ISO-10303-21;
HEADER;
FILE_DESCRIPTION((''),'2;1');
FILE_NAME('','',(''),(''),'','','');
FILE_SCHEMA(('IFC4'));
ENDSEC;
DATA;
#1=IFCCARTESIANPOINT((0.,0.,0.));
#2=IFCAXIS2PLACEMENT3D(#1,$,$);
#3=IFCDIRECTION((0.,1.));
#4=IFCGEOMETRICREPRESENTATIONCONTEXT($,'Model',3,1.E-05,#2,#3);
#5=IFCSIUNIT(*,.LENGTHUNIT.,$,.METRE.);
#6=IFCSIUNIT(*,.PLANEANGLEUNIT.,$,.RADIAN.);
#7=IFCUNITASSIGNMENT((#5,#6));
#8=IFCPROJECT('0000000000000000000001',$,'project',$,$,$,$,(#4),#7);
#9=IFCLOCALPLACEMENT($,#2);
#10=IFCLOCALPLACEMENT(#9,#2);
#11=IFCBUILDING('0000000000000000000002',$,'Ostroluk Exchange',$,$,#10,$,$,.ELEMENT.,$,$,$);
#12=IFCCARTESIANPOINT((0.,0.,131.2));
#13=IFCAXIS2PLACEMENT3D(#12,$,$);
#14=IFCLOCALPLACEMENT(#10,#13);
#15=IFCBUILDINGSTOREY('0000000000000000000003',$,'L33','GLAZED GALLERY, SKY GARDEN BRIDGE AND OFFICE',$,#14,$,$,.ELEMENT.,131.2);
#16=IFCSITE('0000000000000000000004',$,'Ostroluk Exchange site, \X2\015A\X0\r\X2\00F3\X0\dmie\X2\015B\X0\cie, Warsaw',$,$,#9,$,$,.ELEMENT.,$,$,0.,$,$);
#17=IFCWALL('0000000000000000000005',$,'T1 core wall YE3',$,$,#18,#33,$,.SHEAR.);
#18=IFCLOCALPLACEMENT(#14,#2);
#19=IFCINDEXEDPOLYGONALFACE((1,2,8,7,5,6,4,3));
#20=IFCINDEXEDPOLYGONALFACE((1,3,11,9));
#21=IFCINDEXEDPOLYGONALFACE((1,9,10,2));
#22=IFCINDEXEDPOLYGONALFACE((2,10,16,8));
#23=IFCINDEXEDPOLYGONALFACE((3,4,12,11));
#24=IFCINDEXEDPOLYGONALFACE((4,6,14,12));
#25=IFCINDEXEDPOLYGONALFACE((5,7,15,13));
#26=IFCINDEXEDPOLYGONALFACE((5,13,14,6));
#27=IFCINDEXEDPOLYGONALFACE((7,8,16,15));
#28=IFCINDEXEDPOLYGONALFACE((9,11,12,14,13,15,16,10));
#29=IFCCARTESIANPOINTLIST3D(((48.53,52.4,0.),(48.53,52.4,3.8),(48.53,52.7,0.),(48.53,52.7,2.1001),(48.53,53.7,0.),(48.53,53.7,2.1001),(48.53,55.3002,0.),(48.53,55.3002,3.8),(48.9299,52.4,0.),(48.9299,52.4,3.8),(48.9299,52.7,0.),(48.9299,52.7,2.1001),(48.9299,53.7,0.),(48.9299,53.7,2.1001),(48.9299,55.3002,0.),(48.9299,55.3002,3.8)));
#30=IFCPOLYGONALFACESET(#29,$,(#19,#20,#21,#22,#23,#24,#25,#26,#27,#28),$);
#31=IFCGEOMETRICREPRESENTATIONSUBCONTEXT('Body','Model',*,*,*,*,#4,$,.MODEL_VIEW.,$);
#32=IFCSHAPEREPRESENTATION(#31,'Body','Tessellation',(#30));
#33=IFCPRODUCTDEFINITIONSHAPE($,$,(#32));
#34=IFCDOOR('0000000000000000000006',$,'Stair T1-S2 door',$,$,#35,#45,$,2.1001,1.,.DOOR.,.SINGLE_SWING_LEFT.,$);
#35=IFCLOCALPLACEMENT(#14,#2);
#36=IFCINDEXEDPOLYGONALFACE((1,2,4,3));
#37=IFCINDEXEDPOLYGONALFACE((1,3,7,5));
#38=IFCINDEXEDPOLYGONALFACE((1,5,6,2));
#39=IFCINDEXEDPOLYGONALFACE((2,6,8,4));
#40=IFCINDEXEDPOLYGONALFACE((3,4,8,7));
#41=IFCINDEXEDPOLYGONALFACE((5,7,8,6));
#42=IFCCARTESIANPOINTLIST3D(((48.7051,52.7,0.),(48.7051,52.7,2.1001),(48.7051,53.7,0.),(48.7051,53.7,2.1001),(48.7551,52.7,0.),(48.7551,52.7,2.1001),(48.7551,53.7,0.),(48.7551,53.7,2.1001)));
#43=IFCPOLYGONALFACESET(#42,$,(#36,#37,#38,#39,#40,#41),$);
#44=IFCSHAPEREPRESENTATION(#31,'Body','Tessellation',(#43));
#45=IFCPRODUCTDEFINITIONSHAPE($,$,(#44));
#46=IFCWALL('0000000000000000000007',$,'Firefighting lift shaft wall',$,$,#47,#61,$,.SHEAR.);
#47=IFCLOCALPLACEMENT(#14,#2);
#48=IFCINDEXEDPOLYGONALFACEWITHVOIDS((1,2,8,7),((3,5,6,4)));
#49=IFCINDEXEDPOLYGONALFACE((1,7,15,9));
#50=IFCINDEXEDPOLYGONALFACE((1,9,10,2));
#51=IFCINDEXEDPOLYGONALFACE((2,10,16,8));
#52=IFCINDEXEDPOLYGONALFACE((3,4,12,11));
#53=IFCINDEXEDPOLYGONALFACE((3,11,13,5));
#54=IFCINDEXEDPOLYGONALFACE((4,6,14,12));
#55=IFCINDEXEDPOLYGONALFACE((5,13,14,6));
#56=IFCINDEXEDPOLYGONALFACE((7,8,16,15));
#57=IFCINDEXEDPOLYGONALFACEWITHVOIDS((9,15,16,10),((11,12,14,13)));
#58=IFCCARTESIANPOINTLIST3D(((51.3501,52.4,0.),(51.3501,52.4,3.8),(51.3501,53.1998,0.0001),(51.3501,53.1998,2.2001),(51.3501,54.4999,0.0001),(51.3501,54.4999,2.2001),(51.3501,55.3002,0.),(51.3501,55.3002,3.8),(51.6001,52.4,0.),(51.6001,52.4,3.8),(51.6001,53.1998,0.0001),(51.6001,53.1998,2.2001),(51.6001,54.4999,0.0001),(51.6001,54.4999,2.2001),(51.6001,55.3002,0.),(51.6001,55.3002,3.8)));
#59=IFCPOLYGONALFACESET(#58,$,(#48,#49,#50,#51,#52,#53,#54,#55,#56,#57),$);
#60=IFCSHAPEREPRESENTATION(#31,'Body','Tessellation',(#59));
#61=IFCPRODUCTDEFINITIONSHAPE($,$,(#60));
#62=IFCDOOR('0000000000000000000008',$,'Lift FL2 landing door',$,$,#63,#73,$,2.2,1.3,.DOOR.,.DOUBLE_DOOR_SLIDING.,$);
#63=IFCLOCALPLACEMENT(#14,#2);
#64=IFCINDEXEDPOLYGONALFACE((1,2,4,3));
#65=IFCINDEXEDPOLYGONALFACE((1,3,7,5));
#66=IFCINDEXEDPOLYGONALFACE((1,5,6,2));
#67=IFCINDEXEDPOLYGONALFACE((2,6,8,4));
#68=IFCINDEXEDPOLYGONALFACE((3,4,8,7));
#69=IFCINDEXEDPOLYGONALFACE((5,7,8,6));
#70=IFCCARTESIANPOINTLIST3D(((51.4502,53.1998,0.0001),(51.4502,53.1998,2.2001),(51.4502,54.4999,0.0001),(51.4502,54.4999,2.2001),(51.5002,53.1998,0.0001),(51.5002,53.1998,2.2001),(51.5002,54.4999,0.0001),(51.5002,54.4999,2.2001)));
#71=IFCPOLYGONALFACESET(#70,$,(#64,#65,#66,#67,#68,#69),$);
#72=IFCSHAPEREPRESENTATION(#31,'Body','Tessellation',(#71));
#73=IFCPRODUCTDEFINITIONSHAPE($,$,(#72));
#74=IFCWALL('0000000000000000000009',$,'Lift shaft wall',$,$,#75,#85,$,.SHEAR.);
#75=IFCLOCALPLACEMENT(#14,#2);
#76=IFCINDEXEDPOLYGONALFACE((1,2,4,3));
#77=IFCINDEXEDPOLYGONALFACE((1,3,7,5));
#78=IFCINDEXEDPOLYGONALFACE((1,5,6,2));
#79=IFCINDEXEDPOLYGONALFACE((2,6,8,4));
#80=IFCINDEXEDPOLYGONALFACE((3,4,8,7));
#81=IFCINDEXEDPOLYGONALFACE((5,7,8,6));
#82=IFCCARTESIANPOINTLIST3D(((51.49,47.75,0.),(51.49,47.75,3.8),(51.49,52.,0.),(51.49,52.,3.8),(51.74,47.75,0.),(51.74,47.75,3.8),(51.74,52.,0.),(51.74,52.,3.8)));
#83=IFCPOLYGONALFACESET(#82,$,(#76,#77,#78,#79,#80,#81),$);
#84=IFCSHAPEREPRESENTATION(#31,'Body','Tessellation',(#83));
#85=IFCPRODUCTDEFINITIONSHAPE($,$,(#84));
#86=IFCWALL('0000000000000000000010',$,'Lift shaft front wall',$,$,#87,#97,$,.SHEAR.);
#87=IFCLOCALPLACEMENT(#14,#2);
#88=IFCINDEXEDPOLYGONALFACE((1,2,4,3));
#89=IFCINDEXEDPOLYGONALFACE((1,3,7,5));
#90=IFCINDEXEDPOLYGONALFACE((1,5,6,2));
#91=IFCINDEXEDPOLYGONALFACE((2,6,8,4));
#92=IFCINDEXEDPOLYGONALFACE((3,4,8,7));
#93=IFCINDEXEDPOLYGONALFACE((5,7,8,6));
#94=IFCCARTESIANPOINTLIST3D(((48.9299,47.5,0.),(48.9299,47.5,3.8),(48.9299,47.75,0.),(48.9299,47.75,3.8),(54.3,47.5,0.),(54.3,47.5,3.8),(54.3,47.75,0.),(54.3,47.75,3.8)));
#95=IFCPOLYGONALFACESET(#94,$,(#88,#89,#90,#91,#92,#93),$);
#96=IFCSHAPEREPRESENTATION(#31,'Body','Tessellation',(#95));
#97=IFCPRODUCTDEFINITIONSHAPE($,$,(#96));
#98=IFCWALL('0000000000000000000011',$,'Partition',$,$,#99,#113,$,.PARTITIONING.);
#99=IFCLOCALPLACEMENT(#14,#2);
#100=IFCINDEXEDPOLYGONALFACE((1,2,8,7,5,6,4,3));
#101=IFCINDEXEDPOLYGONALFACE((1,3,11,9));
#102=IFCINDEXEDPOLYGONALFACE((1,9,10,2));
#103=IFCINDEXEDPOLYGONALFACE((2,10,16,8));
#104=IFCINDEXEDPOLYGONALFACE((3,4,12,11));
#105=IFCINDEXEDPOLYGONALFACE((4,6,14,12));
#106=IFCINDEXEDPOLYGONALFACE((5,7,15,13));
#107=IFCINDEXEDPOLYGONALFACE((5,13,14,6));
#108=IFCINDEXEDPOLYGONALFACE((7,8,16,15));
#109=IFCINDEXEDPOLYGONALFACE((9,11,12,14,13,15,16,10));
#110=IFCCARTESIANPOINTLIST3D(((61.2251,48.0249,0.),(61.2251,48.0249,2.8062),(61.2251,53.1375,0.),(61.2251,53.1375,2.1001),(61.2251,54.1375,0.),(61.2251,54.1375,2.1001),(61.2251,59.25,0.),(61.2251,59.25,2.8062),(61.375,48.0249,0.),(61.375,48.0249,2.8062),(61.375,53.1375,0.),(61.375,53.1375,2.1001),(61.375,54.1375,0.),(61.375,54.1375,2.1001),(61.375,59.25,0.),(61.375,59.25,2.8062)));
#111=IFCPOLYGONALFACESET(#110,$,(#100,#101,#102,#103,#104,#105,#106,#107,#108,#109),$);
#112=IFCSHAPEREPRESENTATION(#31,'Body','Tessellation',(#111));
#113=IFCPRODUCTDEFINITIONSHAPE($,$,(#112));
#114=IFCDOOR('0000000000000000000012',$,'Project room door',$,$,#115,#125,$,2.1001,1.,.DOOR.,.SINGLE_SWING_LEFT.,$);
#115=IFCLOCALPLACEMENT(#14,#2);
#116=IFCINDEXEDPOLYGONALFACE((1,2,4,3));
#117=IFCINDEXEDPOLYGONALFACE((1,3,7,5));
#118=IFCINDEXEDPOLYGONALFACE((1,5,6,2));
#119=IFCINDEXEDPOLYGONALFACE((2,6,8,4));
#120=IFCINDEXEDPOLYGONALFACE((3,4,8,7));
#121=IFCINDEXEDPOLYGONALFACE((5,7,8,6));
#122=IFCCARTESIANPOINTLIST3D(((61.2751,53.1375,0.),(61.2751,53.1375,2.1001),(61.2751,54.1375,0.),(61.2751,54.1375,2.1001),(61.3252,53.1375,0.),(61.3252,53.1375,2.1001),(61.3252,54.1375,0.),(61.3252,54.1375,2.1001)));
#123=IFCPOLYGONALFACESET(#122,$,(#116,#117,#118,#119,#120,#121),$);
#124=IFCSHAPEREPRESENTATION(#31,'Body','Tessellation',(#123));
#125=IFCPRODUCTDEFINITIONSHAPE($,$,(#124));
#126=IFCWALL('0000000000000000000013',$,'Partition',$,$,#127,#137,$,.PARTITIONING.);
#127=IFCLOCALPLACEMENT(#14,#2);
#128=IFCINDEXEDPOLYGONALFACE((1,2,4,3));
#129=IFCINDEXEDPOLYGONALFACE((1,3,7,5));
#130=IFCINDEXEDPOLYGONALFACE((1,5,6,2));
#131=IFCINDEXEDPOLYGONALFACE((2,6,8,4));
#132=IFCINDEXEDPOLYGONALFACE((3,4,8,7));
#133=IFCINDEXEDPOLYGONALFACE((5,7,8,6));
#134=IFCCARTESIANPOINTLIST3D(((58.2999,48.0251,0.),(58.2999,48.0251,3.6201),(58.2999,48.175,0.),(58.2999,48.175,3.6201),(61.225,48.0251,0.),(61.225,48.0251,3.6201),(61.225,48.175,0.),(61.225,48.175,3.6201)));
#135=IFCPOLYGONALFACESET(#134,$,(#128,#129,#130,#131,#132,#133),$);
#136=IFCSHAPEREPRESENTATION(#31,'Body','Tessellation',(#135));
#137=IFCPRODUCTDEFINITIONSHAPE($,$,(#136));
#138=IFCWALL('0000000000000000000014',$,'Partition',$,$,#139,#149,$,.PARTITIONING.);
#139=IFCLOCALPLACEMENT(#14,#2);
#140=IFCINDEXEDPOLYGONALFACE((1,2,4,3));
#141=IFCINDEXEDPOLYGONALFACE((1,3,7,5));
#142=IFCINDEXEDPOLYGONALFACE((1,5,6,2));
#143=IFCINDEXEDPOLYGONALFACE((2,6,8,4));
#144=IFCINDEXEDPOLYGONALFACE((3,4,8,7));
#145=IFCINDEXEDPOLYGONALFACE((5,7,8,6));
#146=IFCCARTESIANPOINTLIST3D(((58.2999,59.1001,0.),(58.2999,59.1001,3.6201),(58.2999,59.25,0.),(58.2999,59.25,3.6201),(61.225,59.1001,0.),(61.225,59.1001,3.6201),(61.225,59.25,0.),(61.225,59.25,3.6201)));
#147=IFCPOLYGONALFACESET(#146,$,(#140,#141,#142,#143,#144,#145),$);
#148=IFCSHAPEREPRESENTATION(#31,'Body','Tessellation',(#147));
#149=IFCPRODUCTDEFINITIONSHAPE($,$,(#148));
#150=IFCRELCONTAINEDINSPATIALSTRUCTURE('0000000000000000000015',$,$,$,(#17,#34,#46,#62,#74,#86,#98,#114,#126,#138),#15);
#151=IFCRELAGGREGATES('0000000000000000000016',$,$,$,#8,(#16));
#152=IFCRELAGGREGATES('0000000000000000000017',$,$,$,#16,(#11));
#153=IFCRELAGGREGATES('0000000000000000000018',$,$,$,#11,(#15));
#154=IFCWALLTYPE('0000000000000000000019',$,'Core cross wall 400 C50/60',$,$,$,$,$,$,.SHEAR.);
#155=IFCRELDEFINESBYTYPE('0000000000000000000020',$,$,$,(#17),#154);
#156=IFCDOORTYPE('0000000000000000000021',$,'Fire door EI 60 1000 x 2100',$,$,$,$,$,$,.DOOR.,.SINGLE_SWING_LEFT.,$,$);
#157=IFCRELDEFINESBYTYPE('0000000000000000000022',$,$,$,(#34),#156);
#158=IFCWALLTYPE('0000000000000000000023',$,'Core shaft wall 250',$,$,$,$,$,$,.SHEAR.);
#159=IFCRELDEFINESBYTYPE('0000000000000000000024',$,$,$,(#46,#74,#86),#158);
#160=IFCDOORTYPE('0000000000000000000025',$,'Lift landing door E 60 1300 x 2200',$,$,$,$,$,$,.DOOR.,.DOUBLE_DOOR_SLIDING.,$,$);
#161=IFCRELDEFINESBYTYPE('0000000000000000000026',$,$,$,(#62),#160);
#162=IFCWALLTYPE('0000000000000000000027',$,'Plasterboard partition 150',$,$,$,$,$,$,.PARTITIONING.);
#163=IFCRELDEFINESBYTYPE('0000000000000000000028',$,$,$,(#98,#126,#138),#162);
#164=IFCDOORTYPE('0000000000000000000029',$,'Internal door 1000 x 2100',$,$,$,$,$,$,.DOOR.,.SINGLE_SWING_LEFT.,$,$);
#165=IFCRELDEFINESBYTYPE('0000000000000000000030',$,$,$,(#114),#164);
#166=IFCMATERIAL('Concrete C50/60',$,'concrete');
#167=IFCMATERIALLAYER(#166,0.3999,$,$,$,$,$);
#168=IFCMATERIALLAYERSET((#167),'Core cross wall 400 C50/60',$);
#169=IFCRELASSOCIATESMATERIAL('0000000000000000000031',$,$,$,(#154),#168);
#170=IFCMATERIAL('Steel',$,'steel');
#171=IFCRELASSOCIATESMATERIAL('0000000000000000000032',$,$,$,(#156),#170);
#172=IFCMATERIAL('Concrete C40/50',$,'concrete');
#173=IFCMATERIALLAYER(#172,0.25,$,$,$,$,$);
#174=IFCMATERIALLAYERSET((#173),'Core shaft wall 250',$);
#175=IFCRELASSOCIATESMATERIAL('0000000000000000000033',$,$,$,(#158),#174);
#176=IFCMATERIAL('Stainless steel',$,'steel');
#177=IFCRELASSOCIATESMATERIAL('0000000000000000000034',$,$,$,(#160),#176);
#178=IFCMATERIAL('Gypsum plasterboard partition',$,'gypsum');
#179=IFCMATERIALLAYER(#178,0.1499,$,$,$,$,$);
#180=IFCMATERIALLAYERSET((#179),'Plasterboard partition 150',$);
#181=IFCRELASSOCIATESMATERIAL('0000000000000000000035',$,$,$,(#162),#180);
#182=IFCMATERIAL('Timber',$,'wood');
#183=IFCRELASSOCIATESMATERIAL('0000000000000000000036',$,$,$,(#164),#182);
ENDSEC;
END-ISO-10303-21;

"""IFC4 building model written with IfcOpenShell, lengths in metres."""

from ifc_helpers import new_model, si_unit, direction, frame, frame_2d, origin, place, context, subcontext, project, spatial, rectangle, extrude, material, layer, layer_set, type_object, element, fill, save


model = new_model("IFC4")

# Units and contexts
model_context = context("Model", 3, precision=1e-05, world=origin(), true_north=direction((0.0, 1.0)))
body_context = subcontext(model_context, "Body", "Model", "MODEL_VIEW")
ifc_project = project(units=[si_unit("LENGTHUNIT", "METRE"), si_unit("PLANEANGLEUNIT", "RADIAN")], contexts=[model_context])

# Site, building, storey
site_placement = place(None, origin())
site = spatial("IfcSite", under=ifc_project, at=site_placement, Name="Ostroluk Exchange site, Śródmieście, Warsaw", CompositionType="ELEMENT", RefElevation=0.0)
building_placement = place(site_placement, origin())
building = spatial("IfcBuilding", under=site, at=building_placement, Name="Ostroluk Exchange", CompositionType="ELEMENT")
storey_placement = place(building_placement, frame((0.0, 0.0, 131.2)))
storey = spatial("IfcBuildingStorey", under=building, at=storey_placement, Name="L33", Description="GLAZED GALLERY, SKY GARDEN BRIDGE AND OFFICE", CompositionType="ELEMENT", Elevation=131.2)

# Walls, openings, doors
ifc_material_1 = material(Name="Concrete C50/60", Category="concrete")
ifc_layer_1 = layer(ifc_material_1, 0.3999)
ifc_layer_set_1 = layer_set([ifc_layer_1], Name="Core cross wall 400 C50/60")
wall_type_1 = type_object("IfcWallType", Name="Core cross wall 400 C50/60", PredefinedType="SHEAR", material=ifc_layer_set_1)
wall_1_placement = place(storey_placement, frame((48.73, 52.3999, 0.0), z_axis=(0.0, 0.0, 1.0), x_axis=(0.0, 1.0, 0.0)))
wall_1 = element("IfcWall", 1, at=wall_1_placement, inside=storey, type_object=wall_type_1, Name="T1 core wall YE3", PredefinedType="SHEAR", context=body_context, shape_type="SweptSolid", body=[
    extrude(rectangle(XDim=2.9001, YDim=0.3999, at=frame_2d((1.4502, 0.0))), origin(), (0.0, 0.0, 1.0), 3.8),
])
opening_1_placement = place(wall_1_placement, frame((0.3, 0.0, 0.0)))
opening_1 = element("IfcOpeningElement", 2, at=opening_1_placement, cuts=wall_1, PredefinedType="OPENING", context=body_context, shape_type="SweptSolid", body=[
    extrude(rectangle(XDim=1.0, YDim=2.1001, at=frame_2d((0.5, 1.05))), frame((0.0, 0.21, 0.0), z_axis=(0.0, -1.0, 0.0), x_axis=(1.0, 0.0, 0.0)), (0.0, 0.0, 1.0), 0.4199),
])
ifc_material_2 = material(Name="Steel", Category="steel")
door_type_1 = type_object("IfcDoorType", Name="Fire door EI 60 1000 x 2100", OperationType="SINGLE_SWING_LEFT", PredefinedType="DOOR", material=ifc_material_2)
door_1_placement = place(opening_1_placement, origin())
door_1 = element("IfcDoor", 3, at=door_1_placement, inside=storey, type_object=door_type_1, Name="Stair T1-S2 door", OperationType="SINGLE_SWING_LEFT", OverallHeight=2.1001, OverallWidth=1.0, PredefinedType="DOOR", context=body_context, shape_type="SweptSolid", body=[
    extrude(rectangle(XDim=1.0, YDim=2.1001, at=frame_2d((0.5, 1.05))), frame((0.0, 0.0249, 0.0), z_axis=(0.0, -1.0, 0.0), x_axis=(1.0, 0.0, 0.0)), (0.0, 0.0, 1.0), 0.05),
])
fill(opening_1, door_1)
ifc_material_3 = material(Name="Concrete C40/50", Category="concrete")
ifc_layer_2 = layer(ifc_material_3, 0.25)
ifc_layer_set_2 = layer_set([ifc_layer_2], Name="Core shaft wall 250")
wall_type_2 = type_object("IfcWallType", Name="Core shaft wall 250", PredefinedType="SHEAR", material=ifc_layer_set_2)
wall_2_placement = place(storey_placement, frame((51.4751, 52.3999, 0.0), z_axis=(0.0, 0.0, 1.0), x_axis=(0.0, 1.0, 0.0)))
wall_2 = element("IfcWall", 4, at=wall_2_placement, inside=storey, type_object=wall_type_2, Name="Firefighting lift shaft wall", PredefinedType="SHEAR", context=body_context, shape_type="SweptSolid", body=[
    extrude(rectangle(XDim=2.9001, YDim=0.25, at=frame_2d((1.4502, 0.0))), origin(), (0.0, 0.0, 1.0), 3.8),
])
opening_2_placement = place(wall_2_placement, frame((0.8, 0.0, 0.0)))
opening_2 = element("IfcOpeningElement", 5, at=opening_2_placement, cuts=wall_2, PredefinedType="OPENING", context=body_context, shape_type="SweptSolid", body=[
    extrude(rectangle(XDim=1.3, YDim=2.2, at=frame_2d((0.6499, 1.1001))), frame((0.0, 0.135, 0.0), z_axis=(0.0, -1.0, 0.0), x_axis=(1.0, 0.0, 0.0)), (0.0, 0.0, 1.0), 0.27),
])
ifc_material_4 = material(Name="Stainless steel", Category="steel")
door_type_2 = type_object("IfcDoorType", Name="Lift landing door E 60 1300 x 2200", OperationType="DOUBLE_DOOR_SLIDING", PredefinedType="DOOR", material=ifc_material_4)
door_2_placement = place(opening_2_placement, origin())
door_2 = element("IfcDoor", 6, at=door_2_placement, inside=storey, type_object=door_type_2, Name="Lift FL2 landing door", OperationType="DOUBLE_DOOR_SLIDING", OverallHeight=2.2, OverallWidth=1.3, PredefinedType="DOOR", context=body_context, shape_type="SweptSolid", body=[
    extrude(rectangle(XDim=1.3, YDim=2.2, at=frame_2d((0.6499, 1.1001))), frame((0.0, 0.0249, 0.0), z_axis=(0.0, -1.0, 0.0), x_axis=(1.0, 0.0, 0.0)), (0.0, 0.0, 1.0), 0.05),
])
fill(opening_2, door_2)

# Walls
wall_3_placement = place(storey_placement, frame((51.615, 47.75, 0.0), z_axis=(0.0, 0.0, 1.0), x_axis=(0.0, 1.0, 0.0)))
element("IfcWall", 7, at=wall_3_placement, inside=storey, type_object=wall_type_2, Name="Lift shaft wall", PredefinedType="SHEAR", context=body_context, shape_type="SweptSolid", body=[
    extrude(rectangle(XDim=4.25, YDim=0.25, at=frame_2d((2.125, 0.0))), origin(), (0.0, 0.0, 1.0), 3.8),
])
wall_4_placement = place(storey_placement, frame((48.9299, 47.625, 0.0), z_axis=(0.0, 0.0, 1.0), x_axis=(1.0, 0.0, 0.0)))
element("IfcWall", 8, at=wall_4_placement, inside=storey, type_object=wall_type_2, Name="Lift shaft front wall", PredefinedType="SHEAR", context=body_context, shape_type="SweptSolid", body=[
    extrude(rectangle(XDim=5.3701, YDim=0.25, at=frame_2d((2.6851, 0.0))), origin(), (0.0, 0.0, 1.0), 3.8),
])

# Wall, opening, door
ifc_material_5 = material(Name="Gypsum plasterboard partition", Category="gypsum")
ifc_layer_3 = layer(ifc_material_5, 0.1499)
ifc_layer_set_3 = layer_set([ifc_layer_3], Name="Plasterboard partition 150")
wall_type_3 = type_object("IfcWallType", Name="Plasterboard partition 150", PredefinedType="PARTITIONING", material=ifc_layer_set_3)
wall_5_placement = place(storey_placement, frame((61.3, 48.0249, 0.0), z_axis=(0.0, 0.0, 1.0), x_axis=(0.0, 1.0, 0.0)))
wall_5 = element("IfcWall", 9, at=wall_5_placement, inside=storey, type_object=wall_type_3, Name="Partition", PredefinedType="PARTITIONING", context=body_context, shape_type="SweptSolid", body=[
    extrude(rectangle(XDim=11.2251, YDim=0.1499, at=frame_2d((5.6125, 0.0))), origin(), (0.0, 0.0, 1.0), 2.8062),
])
opening_3_placement = place(wall_5_placement, frame((5.1125, 0.0, 0.0)))
opening_3 = element("IfcOpeningElement", 10, at=opening_3_placement, cuts=wall_5, PredefinedType="OPENING", context=body_context, shape_type="SweptSolid", body=[
    extrude(rectangle(XDim=1.0, YDim=2.1001, at=frame_2d((0.5, 1.05))), frame((0.0, 0.085, 0.0), z_axis=(0.0, -1.0, 0.0), x_axis=(1.0, 0.0, 0.0)), (0.0, 0.0, 1.0), 0.1699),
])
ifc_material_6 = material(Name="Timber", Category="wood")
door_type_3 = type_object("IfcDoorType", Name="Internal door 1000 x 2100", OperationType="SINGLE_SWING_LEFT", PredefinedType="DOOR", material=ifc_material_6)
door_3_placement = place(opening_3_placement, origin())
door_3 = element("IfcDoor", 11, at=door_3_placement, inside=storey, type_object=door_type_3, Name="Project room door", OperationType="SINGLE_SWING_LEFT", OverallHeight=2.1001, OverallWidth=1.0, PredefinedType="DOOR", context=body_context, shape_type="SweptSolid", body=[
    extrude(rectangle(XDim=1.0, YDim=2.1001, at=frame_2d((0.5, 1.05))), frame((0.0, 0.0249, 0.0), z_axis=(0.0, -1.0, 0.0), x_axis=(1.0, 0.0, 0.0)), (0.0, 0.0, 1.0), 0.05),
])
fill(opening_3, door_3)

# Walls
for number, where, z_axis, x_axis, name in (
    (12, (58.3, 48.1001, 0.0), (0.0, 0.0, 1.0), (1.0, 0.0, 0.0), "Partition"),
    (13, (58.3, 59.175, 0.0), (0.0, 0.0, 1.0), (1.0, 0.0, 0.0), "Partition"),
):
    element("IfcWall", number, at=place(storey_placement, frame(where, z_axis=z_axis, x_axis=x_axis)), inside=storey, type_object=wall_type_3, Name=name, PredefinedType="PARTITIONING", context=body_context, shape_type="SweptSolid", body=[
        extrude(rectangle(XDim=2.925, YDim=0.1499, at=frame_2d((1.4624, 0.0))), origin(), (0.0, 0.0, 1.0), 3.6201),
    ])

save(model, "model.ifc")
